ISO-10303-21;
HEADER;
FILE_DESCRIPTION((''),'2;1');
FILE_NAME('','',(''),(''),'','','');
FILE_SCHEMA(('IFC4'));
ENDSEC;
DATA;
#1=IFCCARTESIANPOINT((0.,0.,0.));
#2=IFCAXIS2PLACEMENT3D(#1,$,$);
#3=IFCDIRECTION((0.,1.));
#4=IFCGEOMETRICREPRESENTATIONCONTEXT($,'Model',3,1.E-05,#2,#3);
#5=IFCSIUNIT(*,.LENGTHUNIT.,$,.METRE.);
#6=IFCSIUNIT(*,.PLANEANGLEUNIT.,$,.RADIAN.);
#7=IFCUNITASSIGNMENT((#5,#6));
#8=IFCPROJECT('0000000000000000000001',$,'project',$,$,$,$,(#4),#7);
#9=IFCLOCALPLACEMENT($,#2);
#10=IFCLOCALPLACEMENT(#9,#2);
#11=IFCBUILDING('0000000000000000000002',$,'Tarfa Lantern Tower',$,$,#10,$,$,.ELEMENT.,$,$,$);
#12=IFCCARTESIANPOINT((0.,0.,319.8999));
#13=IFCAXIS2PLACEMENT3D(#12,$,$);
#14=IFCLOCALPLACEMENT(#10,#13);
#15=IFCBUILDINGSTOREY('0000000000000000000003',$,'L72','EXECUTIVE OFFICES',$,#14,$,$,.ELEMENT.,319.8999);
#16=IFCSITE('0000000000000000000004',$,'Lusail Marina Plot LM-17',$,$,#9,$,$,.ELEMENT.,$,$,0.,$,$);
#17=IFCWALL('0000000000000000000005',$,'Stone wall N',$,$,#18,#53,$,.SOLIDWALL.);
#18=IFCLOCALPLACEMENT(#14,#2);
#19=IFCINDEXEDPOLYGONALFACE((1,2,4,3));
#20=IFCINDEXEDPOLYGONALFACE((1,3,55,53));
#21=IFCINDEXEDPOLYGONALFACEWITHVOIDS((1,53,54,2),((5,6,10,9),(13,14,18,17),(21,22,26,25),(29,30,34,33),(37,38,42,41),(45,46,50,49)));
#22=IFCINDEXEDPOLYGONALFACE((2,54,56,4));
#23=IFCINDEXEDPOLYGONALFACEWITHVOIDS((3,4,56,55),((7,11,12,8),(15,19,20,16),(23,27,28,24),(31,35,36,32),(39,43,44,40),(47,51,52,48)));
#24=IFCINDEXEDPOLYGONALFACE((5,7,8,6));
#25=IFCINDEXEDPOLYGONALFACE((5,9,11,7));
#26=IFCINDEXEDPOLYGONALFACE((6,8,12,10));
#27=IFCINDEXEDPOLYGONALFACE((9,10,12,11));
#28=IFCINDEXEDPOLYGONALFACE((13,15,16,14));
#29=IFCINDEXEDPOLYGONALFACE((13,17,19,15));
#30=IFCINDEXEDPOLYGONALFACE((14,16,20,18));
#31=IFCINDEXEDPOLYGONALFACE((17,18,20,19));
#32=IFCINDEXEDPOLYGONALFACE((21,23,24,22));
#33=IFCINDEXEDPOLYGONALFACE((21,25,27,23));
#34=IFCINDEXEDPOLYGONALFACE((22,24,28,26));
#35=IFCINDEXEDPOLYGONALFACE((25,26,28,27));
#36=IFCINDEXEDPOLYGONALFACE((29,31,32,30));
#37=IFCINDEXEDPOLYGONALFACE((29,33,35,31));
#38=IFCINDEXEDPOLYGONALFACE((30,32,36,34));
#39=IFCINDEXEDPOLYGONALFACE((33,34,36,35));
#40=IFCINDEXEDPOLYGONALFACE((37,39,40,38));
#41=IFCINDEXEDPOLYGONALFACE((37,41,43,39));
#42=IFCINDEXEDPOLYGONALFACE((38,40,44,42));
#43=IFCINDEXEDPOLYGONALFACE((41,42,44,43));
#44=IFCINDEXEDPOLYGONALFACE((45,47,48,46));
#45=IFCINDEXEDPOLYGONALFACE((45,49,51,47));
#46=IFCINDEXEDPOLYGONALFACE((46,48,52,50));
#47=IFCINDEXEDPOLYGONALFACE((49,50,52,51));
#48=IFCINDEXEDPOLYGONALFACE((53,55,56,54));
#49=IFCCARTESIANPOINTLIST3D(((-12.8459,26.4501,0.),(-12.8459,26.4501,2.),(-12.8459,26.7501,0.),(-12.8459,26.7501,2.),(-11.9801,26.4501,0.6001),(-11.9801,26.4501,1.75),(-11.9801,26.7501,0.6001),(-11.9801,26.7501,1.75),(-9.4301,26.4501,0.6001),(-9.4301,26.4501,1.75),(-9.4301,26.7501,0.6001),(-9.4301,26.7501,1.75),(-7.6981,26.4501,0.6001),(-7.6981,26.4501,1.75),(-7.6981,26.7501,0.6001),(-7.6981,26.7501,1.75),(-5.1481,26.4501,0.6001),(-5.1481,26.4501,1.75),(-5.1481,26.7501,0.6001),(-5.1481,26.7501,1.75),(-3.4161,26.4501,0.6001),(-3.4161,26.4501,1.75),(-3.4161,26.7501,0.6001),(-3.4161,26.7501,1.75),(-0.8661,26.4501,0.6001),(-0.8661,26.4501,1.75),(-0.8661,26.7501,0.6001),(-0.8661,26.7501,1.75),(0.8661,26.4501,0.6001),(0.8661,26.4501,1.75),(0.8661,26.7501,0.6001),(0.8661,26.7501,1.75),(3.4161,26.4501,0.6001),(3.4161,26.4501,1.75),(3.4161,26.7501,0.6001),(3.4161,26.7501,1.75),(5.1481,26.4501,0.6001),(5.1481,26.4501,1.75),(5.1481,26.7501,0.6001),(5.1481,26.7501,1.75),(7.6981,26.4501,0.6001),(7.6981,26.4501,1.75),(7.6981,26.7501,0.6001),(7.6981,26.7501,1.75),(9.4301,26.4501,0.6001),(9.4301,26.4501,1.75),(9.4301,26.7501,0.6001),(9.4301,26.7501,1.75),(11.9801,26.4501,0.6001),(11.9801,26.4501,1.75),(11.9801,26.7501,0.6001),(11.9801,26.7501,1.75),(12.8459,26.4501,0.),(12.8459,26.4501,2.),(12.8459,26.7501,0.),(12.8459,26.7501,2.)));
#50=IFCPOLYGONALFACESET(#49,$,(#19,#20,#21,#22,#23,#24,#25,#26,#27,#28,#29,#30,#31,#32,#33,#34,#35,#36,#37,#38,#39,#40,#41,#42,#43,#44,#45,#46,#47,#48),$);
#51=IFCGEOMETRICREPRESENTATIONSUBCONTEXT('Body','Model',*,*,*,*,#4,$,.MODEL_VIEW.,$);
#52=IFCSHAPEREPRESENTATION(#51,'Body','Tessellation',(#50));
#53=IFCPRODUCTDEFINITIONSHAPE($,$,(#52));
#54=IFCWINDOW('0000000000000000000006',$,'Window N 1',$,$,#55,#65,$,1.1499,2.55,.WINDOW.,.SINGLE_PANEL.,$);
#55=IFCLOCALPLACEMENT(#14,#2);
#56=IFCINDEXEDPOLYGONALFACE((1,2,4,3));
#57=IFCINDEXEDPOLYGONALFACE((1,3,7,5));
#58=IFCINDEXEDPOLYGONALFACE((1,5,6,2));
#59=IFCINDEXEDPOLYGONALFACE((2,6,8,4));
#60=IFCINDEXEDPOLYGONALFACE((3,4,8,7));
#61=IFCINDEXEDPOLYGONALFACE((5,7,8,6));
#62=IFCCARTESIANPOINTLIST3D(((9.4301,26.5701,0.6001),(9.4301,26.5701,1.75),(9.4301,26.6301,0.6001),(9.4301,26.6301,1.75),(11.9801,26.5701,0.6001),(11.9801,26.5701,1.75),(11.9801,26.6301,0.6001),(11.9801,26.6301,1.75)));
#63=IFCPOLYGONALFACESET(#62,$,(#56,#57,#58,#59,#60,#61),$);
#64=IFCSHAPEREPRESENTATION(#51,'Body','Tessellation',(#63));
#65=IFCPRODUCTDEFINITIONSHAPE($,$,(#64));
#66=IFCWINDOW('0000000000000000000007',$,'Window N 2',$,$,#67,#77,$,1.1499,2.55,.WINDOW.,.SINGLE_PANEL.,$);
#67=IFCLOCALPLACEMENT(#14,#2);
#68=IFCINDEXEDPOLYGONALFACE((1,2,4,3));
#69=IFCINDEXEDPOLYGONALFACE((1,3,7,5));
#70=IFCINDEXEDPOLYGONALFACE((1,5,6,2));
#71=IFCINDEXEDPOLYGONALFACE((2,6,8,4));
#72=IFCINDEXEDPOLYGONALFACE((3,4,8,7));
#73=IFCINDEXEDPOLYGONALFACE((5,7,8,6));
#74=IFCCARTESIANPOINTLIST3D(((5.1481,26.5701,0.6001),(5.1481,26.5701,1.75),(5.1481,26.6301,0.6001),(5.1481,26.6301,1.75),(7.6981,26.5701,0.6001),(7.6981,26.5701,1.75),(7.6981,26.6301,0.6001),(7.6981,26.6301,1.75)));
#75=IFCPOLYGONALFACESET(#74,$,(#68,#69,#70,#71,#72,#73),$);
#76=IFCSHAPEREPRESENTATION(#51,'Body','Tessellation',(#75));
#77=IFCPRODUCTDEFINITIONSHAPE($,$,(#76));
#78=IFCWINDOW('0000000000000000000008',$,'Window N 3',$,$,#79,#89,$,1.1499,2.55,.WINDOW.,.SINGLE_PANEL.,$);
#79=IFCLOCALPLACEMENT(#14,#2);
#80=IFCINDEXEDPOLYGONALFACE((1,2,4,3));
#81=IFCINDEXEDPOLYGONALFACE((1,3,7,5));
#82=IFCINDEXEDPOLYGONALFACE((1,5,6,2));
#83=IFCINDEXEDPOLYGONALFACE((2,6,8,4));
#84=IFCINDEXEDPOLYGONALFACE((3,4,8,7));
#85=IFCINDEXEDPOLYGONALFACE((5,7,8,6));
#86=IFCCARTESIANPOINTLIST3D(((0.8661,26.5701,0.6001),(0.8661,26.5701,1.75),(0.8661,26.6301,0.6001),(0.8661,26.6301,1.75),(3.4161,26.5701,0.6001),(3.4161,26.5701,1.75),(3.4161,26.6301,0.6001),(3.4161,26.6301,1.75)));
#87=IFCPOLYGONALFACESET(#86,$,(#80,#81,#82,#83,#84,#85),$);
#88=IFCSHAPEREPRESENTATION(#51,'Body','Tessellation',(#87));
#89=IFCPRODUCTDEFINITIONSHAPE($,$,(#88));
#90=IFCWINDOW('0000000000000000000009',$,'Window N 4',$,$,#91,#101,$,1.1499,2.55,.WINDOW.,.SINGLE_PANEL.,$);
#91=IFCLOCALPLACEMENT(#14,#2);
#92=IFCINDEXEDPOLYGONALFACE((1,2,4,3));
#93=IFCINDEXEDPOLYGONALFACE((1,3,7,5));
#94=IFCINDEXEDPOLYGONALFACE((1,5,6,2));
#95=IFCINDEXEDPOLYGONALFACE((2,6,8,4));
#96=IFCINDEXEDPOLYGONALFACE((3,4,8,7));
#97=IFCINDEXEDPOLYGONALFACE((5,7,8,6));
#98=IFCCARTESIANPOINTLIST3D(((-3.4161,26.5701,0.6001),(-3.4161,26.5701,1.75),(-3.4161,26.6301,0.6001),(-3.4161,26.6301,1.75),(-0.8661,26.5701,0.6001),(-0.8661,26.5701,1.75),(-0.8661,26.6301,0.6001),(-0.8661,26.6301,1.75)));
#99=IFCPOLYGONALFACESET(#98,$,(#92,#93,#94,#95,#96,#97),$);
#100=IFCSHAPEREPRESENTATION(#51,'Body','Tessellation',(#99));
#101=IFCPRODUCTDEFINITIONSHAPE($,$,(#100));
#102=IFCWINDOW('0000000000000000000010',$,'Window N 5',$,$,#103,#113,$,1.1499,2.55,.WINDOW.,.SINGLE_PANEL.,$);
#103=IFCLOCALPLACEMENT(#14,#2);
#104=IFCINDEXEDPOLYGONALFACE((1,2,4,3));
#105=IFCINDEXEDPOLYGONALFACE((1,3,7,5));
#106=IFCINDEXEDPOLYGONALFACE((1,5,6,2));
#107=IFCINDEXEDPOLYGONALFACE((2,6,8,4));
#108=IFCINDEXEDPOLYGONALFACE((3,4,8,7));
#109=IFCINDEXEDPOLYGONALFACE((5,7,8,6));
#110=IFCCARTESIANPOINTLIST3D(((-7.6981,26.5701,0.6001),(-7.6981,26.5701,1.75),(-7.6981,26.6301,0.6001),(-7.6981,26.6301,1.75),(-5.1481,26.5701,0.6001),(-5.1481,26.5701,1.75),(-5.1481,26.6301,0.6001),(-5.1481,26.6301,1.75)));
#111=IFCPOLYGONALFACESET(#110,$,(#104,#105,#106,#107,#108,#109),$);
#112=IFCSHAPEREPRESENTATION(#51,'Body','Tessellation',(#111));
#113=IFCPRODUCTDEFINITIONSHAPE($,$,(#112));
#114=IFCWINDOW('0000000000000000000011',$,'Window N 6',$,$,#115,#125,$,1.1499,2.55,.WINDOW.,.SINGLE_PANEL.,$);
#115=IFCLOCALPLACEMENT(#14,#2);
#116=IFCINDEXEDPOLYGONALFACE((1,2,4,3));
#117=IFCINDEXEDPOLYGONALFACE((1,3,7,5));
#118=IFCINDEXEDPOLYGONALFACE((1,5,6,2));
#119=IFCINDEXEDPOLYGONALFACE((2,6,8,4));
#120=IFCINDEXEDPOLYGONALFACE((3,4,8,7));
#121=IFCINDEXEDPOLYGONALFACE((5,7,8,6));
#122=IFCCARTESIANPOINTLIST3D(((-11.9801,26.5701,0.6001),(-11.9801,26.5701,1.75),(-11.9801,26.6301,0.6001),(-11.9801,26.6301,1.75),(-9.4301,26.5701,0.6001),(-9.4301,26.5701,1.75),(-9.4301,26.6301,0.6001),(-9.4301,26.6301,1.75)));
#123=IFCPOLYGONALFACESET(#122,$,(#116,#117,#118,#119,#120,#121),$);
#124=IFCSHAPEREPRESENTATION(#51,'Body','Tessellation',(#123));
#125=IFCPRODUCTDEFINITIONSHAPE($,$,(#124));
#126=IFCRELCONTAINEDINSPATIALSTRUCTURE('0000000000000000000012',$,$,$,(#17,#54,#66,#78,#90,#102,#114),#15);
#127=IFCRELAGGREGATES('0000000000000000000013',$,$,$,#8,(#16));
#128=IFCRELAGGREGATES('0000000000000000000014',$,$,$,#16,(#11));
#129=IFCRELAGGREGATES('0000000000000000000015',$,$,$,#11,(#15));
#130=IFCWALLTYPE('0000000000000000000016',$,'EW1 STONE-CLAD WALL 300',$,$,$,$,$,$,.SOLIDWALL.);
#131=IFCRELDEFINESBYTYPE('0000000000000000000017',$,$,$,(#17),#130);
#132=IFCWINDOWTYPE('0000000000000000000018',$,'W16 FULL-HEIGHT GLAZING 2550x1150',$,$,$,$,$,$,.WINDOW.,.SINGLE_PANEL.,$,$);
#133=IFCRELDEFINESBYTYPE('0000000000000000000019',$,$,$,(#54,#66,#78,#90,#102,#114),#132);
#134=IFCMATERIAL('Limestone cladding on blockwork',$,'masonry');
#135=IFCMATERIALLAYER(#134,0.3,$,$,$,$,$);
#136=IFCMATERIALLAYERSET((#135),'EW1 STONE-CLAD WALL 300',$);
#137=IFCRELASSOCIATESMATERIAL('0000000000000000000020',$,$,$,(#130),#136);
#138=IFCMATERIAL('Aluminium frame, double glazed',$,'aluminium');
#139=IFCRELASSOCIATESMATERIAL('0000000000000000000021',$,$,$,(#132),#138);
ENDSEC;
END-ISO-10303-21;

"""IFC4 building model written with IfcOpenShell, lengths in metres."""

from ifc_helpers import new_model, si_unit, direction, frame, frame_2d, origin, place, context, subcontext, project, spatial, rectangle, extrude, material, layer, layer_set, type_object, element, fill, save


model = new_model("IFC4")

# Units and contexts
model_context = context("Model", 3, precision=1e-05, world=origin(), true_north=direction((0.0, 1.0)))
body_context = subcontext(model_context, "Body", "Model", "MODEL_VIEW")
ifc_project = project(units=[si_unit("LENGTHUNIT", "METRE"), si_unit("PLANEANGLEUNIT", "RADIAN")], contexts=[model_context])

# Site, building, storey
site_placement = place(None, origin())
site = spatial("IfcSite", under=ifc_project, at=site_placement, Name="Lusail Marina Plot LM-17", CompositionType="ELEMENT", RefElevation=0.0)
building_placement = place(site_placement, origin())
building = spatial("IfcBuilding", under=site, at=building_placement, Name="Tarfa Lantern Tower", CompositionType="ELEMENT")
storey_placement = place(building_placement, frame((0.0, 0.0, 319.8999)))
storey = spatial("IfcBuildingStorey", under=building, at=storey_placement, Name="L72", Description="EXECUTIVE OFFICES", CompositionType="ELEMENT", Elevation=319.8999)

# Wall, openings, windows
ifc_material_1 = material(Name="Limestone cladding on blockwork", Category="masonry")
ifc_layer_1 = layer(ifc_material_1, 0.3)
ifc_layer_set_1 = layer_set([ifc_layer_1], Name="EW1 STONE-CLAD WALL 300")
wall_type = type_object("IfcWallType", Name="EW1 STONE-CLAD WALL 300", PredefinedType="SOLIDWALL", material=ifc_layer_set_1)
wall_placement = place(storey_placement, frame((12.8459, 26.6001, 0.0), z_axis=(0.0, 0.0, 1.0), x_axis=(-1.0, 0.0, 0.0)))
wall = element("IfcWall", 1, at=wall_placement, inside=storey, type_object=wall_type, Name="Stone wall N", PredefinedType="SOLIDWALL", context=body_context, shape_type="SweptSolid", body=[
    extrude(rectangle(XDim=25.6919, YDim=0.3, at=frame_2d((12.8459, 0.0))), origin(), (0.0, 0.0, 1.0), 2.0),
])
opening_1_placement = place(wall_placement, frame((0.866, 0.0, 0.6001)))
opening_1 = element("IfcOpeningElement", 2, at=opening_1_placement, cuts=wall, PredefinedType="OPENING", context=body_context, shape_type="SweptSolid", body=[
    extrude(rectangle(XDim=2.55, YDim=1.1499, at=frame_2d((1.2749, 0.575))), frame((0.0, 0.1599, 0.0), z_axis=(0.0, -1.0, 0.0), x_axis=(1.0, 0.0, 0.0)), (0.0, 0.0, 1.0), 0.3201),
])
opening_2_placement = place(wall_placement, frame((5.1479, 0.0, 0.6001)))
opening_2 = element("IfcOpeningElement", 3, at=opening_2_placement, cuts=wall, PredefinedType="OPENING", context=body_context, shape_type="SweptSolid", body=[
    extrude(rectangle(XDim=2.55, YDim=1.1499, at=frame_2d((1.2749, 0.575))), frame((0.0, 0.1599, 0.0), z_axis=(0.0, -1.0, 0.0), x_axis=(1.0, 0.0, 0.0)), (0.0, 0.0, 1.0), 0.3201),
])
opening_3_placement = place(wall_placement, frame((9.4299, 0.0, 0.6001)))
opening_3 = element("IfcOpeningElement", 4, at=opening_3_placement, cuts=wall, PredefinedType="OPENING", context=body_context, shape_type="SweptSolid", body=[
    extrude(rectangle(XDim=2.55, YDim=1.1499, at=frame_2d((1.2749, 0.575))), frame((0.0, 0.1599, 0.0), z_axis=(0.0, -1.0, 0.0), x_axis=(1.0, 0.0, 0.0)), (0.0, 0.0, 1.0), 0.3201),
])
opening_4_placement = place(wall_placement, frame((13.7122, 0.0, 0.6001)))
opening_4 = element("IfcOpeningElement", 5, at=opening_4_placement, cuts=wall, PredefinedType="OPENING", context=body_context, shape_type="SweptSolid", body=[
    extrude(rectangle(XDim=2.55, YDim=1.1499, at=frame_2d((1.2749, 0.575))), frame((0.0, 0.1599, 0.0), z_axis=(0.0, -1.0, 0.0), x_axis=(1.0, 0.0, 0.0)), (0.0, 0.0, 1.0), 0.3201),
])
opening_5_placement = place(wall_placement, frame((17.9941, 0.0, 0.6001)))
opening_5 = element("IfcOpeningElement", 6, at=opening_5_placement, cuts=wall, PredefinedType="OPENING", context=body_context, shape_type="SweptSolid", body=[
    extrude(rectangle(XDim=2.55, YDim=1.1499, at=frame_2d((1.2749, 0.575))), frame((0.0, 0.1599, 0.0), z_axis=(0.0, -1.0, 0.0), x_axis=(1.0, 0.0, 0.0)), (0.0, 0.0, 1.0), 0.3201),
])
opening_6_placement = place(wall_placement, frame((22.2761, 0.0, 0.6001)))
opening_6 = element("IfcOpeningElement", 7, at=opening_6_placement, cuts=wall, PredefinedType="OPENING", context=body_context, shape_type="SweptSolid", body=[
    extrude(rectangle(XDim=2.55, YDim=1.1499, at=frame_2d((1.2749, 0.575))), frame((0.0, 0.1599, 0.0), z_axis=(0.0, -1.0, 0.0), x_axis=(1.0, 0.0, 0.0)), (0.0, 0.0, 1.0), 0.3201),
])
ifc_material_2 = material(Name="Aluminium frame, double glazed", Category="aluminium")
window_type = type_object("IfcWindowType", Name="W16 FULL-HEIGHT GLAZING 2550x1150", PartitioningType="SINGLE_PANEL", PredefinedType="WINDOW", material=ifc_material_2)
window_1_placement = place(opening_1_placement, origin())
window_1 = element("IfcWindow", 8, at=window_1_placement, inside=storey, type_object=window_type, Name="Window N 1", OverallHeight=1.1499, OverallWidth=2.55, PartitioningType="SINGLE_PANEL", PredefinedType="WINDOW", context=body_context, shape_type="SweptSolid", body=[
    extrude(rectangle(XDim=2.55, YDim=1.1499, at=frame_2d((1.2749, 0.575))), frame((0.0, 0.03, 0.0), z_axis=(0.0, -1.0, 0.0), x_axis=(1.0, 0.0, 0.0)), (0.0, 0.0, 1.0), 0.0601),
])
fill(opening_1, window_1)
window_2_placement = place(opening_2_placement, origin())
window_2 = element("IfcWindow", 9, at=window_2_placement, inside=storey, type_object=window_type, Name="Window N 2", OverallHeight=1.1499, OverallWidth=2.55, PartitioningType="SINGLE_PANEL", PredefinedType="WINDOW", context=body_context, shape_type="SweptSolid", body=[
    extrude(rectangle(XDim=2.55, YDim=1.1499, at=frame_2d((1.2749, 0.575))), frame((0.0, 0.03, 0.0), z_axis=(0.0, -1.0, 0.0), x_axis=(1.0, 0.0, 0.0)), (0.0, 0.0, 1.0), 0.0601),
])
fill(opening_2, window_2)
window_3_placement = place(opening_3_placement, origin())
window_3 = element("IfcWindow", 10, at=window_3_placement, inside=storey, type_object=window_type, Name="Window N 3", OverallHeight=1.1499, OverallWidth=2.55, PartitioningType="SINGLE_PANEL", PredefinedType="WINDOW", context=body_context, shape_type="SweptSolid", body=[
    extrude(rectangle(XDim=2.55, YDim=1.1499, at=frame_2d((1.2749, 0.575))), frame((0.0, 0.03, 0.0), z_axis=(0.0, -1.0, 0.0), x_axis=(1.0, 0.0, 0.0)), (0.0, 0.0, 1.0), 0.0601),
])
fill(opening_3, window_3)
window_4_placement = place(opening_4_placement, origin())
window_4 = element("IfcWindow", 11, at=window_4_placement, inside=storey, type_object=window_type, Name="Window N 4", OverallHeight=1.1499, OverallWidth=2.55, PartitioningType="SINGLE_PANEL", PredefinedType="WINDOW", context=body_context, shape_type="SweptSolid", body=[
    extrude(rectangle(XDim=2.55, YDim=1.1499, at=frame_2d((1.2749, 0.575))), frame((0.0, 0.03, 0.0), z_axis=(0.0, -1.0, 0.0), x_axis=(1.0, 0.0, 0.0)), (0.0, 0.0, 1.0), 0.0601),
])
fill(opening_4, window_4)
window_5_placement = place(opening_5_placement, origin())
window_5 = element("IfcWindow", 12, at=window_5_placement, inside=storey, type_object=window_type, Name="Window N 5", OverallHeight=1.1499, OverallWidth=2.55, PartitioningType="SINGLE_PANEL", PredefinedType="WINDOW", context=body_context, shape_type="SweptSolid", body=[
    extrude(rectangle(XDim=2.55, YDim=1.1499, at=frame_2d((1.2749, 0.575))), frame((0.0, 0.03, 0.0), z_axis=(0.0, -1.0, 0.0), x_axis=(1.0, 0.0, 0.0)), (0.0, 0.0, 1.0), 0.0601),
])
fill(opening_5, window_5)
window_6_placement = place(opening_6_placement, origin())
window_6 = element("IfcWindow", 13, at=window_6_placement, inside=storey, type_object=window_type, Name="Window N 6", OverallHeight=1.1499, OverallWidth=2.55, PartitioningType="SINGLE_PANEL", PredefinedType="WINDOW", context=body_context, shape_type="SweptSolid", body=[
    extrude(rectangle(XDim=2.55, YDim=1.1499, at=frame_2d((1.2749, 0.575))), frame((0.0, 0.03, 0.0), z_axis=(0.0, -1.0, 0.0), x_axis=(1.0, 0.0, 0.0)), (0.0, 0.0, 1.0), 0.0601),
])
fill(opening_6, window_6)

save(model, "model.ifc")
